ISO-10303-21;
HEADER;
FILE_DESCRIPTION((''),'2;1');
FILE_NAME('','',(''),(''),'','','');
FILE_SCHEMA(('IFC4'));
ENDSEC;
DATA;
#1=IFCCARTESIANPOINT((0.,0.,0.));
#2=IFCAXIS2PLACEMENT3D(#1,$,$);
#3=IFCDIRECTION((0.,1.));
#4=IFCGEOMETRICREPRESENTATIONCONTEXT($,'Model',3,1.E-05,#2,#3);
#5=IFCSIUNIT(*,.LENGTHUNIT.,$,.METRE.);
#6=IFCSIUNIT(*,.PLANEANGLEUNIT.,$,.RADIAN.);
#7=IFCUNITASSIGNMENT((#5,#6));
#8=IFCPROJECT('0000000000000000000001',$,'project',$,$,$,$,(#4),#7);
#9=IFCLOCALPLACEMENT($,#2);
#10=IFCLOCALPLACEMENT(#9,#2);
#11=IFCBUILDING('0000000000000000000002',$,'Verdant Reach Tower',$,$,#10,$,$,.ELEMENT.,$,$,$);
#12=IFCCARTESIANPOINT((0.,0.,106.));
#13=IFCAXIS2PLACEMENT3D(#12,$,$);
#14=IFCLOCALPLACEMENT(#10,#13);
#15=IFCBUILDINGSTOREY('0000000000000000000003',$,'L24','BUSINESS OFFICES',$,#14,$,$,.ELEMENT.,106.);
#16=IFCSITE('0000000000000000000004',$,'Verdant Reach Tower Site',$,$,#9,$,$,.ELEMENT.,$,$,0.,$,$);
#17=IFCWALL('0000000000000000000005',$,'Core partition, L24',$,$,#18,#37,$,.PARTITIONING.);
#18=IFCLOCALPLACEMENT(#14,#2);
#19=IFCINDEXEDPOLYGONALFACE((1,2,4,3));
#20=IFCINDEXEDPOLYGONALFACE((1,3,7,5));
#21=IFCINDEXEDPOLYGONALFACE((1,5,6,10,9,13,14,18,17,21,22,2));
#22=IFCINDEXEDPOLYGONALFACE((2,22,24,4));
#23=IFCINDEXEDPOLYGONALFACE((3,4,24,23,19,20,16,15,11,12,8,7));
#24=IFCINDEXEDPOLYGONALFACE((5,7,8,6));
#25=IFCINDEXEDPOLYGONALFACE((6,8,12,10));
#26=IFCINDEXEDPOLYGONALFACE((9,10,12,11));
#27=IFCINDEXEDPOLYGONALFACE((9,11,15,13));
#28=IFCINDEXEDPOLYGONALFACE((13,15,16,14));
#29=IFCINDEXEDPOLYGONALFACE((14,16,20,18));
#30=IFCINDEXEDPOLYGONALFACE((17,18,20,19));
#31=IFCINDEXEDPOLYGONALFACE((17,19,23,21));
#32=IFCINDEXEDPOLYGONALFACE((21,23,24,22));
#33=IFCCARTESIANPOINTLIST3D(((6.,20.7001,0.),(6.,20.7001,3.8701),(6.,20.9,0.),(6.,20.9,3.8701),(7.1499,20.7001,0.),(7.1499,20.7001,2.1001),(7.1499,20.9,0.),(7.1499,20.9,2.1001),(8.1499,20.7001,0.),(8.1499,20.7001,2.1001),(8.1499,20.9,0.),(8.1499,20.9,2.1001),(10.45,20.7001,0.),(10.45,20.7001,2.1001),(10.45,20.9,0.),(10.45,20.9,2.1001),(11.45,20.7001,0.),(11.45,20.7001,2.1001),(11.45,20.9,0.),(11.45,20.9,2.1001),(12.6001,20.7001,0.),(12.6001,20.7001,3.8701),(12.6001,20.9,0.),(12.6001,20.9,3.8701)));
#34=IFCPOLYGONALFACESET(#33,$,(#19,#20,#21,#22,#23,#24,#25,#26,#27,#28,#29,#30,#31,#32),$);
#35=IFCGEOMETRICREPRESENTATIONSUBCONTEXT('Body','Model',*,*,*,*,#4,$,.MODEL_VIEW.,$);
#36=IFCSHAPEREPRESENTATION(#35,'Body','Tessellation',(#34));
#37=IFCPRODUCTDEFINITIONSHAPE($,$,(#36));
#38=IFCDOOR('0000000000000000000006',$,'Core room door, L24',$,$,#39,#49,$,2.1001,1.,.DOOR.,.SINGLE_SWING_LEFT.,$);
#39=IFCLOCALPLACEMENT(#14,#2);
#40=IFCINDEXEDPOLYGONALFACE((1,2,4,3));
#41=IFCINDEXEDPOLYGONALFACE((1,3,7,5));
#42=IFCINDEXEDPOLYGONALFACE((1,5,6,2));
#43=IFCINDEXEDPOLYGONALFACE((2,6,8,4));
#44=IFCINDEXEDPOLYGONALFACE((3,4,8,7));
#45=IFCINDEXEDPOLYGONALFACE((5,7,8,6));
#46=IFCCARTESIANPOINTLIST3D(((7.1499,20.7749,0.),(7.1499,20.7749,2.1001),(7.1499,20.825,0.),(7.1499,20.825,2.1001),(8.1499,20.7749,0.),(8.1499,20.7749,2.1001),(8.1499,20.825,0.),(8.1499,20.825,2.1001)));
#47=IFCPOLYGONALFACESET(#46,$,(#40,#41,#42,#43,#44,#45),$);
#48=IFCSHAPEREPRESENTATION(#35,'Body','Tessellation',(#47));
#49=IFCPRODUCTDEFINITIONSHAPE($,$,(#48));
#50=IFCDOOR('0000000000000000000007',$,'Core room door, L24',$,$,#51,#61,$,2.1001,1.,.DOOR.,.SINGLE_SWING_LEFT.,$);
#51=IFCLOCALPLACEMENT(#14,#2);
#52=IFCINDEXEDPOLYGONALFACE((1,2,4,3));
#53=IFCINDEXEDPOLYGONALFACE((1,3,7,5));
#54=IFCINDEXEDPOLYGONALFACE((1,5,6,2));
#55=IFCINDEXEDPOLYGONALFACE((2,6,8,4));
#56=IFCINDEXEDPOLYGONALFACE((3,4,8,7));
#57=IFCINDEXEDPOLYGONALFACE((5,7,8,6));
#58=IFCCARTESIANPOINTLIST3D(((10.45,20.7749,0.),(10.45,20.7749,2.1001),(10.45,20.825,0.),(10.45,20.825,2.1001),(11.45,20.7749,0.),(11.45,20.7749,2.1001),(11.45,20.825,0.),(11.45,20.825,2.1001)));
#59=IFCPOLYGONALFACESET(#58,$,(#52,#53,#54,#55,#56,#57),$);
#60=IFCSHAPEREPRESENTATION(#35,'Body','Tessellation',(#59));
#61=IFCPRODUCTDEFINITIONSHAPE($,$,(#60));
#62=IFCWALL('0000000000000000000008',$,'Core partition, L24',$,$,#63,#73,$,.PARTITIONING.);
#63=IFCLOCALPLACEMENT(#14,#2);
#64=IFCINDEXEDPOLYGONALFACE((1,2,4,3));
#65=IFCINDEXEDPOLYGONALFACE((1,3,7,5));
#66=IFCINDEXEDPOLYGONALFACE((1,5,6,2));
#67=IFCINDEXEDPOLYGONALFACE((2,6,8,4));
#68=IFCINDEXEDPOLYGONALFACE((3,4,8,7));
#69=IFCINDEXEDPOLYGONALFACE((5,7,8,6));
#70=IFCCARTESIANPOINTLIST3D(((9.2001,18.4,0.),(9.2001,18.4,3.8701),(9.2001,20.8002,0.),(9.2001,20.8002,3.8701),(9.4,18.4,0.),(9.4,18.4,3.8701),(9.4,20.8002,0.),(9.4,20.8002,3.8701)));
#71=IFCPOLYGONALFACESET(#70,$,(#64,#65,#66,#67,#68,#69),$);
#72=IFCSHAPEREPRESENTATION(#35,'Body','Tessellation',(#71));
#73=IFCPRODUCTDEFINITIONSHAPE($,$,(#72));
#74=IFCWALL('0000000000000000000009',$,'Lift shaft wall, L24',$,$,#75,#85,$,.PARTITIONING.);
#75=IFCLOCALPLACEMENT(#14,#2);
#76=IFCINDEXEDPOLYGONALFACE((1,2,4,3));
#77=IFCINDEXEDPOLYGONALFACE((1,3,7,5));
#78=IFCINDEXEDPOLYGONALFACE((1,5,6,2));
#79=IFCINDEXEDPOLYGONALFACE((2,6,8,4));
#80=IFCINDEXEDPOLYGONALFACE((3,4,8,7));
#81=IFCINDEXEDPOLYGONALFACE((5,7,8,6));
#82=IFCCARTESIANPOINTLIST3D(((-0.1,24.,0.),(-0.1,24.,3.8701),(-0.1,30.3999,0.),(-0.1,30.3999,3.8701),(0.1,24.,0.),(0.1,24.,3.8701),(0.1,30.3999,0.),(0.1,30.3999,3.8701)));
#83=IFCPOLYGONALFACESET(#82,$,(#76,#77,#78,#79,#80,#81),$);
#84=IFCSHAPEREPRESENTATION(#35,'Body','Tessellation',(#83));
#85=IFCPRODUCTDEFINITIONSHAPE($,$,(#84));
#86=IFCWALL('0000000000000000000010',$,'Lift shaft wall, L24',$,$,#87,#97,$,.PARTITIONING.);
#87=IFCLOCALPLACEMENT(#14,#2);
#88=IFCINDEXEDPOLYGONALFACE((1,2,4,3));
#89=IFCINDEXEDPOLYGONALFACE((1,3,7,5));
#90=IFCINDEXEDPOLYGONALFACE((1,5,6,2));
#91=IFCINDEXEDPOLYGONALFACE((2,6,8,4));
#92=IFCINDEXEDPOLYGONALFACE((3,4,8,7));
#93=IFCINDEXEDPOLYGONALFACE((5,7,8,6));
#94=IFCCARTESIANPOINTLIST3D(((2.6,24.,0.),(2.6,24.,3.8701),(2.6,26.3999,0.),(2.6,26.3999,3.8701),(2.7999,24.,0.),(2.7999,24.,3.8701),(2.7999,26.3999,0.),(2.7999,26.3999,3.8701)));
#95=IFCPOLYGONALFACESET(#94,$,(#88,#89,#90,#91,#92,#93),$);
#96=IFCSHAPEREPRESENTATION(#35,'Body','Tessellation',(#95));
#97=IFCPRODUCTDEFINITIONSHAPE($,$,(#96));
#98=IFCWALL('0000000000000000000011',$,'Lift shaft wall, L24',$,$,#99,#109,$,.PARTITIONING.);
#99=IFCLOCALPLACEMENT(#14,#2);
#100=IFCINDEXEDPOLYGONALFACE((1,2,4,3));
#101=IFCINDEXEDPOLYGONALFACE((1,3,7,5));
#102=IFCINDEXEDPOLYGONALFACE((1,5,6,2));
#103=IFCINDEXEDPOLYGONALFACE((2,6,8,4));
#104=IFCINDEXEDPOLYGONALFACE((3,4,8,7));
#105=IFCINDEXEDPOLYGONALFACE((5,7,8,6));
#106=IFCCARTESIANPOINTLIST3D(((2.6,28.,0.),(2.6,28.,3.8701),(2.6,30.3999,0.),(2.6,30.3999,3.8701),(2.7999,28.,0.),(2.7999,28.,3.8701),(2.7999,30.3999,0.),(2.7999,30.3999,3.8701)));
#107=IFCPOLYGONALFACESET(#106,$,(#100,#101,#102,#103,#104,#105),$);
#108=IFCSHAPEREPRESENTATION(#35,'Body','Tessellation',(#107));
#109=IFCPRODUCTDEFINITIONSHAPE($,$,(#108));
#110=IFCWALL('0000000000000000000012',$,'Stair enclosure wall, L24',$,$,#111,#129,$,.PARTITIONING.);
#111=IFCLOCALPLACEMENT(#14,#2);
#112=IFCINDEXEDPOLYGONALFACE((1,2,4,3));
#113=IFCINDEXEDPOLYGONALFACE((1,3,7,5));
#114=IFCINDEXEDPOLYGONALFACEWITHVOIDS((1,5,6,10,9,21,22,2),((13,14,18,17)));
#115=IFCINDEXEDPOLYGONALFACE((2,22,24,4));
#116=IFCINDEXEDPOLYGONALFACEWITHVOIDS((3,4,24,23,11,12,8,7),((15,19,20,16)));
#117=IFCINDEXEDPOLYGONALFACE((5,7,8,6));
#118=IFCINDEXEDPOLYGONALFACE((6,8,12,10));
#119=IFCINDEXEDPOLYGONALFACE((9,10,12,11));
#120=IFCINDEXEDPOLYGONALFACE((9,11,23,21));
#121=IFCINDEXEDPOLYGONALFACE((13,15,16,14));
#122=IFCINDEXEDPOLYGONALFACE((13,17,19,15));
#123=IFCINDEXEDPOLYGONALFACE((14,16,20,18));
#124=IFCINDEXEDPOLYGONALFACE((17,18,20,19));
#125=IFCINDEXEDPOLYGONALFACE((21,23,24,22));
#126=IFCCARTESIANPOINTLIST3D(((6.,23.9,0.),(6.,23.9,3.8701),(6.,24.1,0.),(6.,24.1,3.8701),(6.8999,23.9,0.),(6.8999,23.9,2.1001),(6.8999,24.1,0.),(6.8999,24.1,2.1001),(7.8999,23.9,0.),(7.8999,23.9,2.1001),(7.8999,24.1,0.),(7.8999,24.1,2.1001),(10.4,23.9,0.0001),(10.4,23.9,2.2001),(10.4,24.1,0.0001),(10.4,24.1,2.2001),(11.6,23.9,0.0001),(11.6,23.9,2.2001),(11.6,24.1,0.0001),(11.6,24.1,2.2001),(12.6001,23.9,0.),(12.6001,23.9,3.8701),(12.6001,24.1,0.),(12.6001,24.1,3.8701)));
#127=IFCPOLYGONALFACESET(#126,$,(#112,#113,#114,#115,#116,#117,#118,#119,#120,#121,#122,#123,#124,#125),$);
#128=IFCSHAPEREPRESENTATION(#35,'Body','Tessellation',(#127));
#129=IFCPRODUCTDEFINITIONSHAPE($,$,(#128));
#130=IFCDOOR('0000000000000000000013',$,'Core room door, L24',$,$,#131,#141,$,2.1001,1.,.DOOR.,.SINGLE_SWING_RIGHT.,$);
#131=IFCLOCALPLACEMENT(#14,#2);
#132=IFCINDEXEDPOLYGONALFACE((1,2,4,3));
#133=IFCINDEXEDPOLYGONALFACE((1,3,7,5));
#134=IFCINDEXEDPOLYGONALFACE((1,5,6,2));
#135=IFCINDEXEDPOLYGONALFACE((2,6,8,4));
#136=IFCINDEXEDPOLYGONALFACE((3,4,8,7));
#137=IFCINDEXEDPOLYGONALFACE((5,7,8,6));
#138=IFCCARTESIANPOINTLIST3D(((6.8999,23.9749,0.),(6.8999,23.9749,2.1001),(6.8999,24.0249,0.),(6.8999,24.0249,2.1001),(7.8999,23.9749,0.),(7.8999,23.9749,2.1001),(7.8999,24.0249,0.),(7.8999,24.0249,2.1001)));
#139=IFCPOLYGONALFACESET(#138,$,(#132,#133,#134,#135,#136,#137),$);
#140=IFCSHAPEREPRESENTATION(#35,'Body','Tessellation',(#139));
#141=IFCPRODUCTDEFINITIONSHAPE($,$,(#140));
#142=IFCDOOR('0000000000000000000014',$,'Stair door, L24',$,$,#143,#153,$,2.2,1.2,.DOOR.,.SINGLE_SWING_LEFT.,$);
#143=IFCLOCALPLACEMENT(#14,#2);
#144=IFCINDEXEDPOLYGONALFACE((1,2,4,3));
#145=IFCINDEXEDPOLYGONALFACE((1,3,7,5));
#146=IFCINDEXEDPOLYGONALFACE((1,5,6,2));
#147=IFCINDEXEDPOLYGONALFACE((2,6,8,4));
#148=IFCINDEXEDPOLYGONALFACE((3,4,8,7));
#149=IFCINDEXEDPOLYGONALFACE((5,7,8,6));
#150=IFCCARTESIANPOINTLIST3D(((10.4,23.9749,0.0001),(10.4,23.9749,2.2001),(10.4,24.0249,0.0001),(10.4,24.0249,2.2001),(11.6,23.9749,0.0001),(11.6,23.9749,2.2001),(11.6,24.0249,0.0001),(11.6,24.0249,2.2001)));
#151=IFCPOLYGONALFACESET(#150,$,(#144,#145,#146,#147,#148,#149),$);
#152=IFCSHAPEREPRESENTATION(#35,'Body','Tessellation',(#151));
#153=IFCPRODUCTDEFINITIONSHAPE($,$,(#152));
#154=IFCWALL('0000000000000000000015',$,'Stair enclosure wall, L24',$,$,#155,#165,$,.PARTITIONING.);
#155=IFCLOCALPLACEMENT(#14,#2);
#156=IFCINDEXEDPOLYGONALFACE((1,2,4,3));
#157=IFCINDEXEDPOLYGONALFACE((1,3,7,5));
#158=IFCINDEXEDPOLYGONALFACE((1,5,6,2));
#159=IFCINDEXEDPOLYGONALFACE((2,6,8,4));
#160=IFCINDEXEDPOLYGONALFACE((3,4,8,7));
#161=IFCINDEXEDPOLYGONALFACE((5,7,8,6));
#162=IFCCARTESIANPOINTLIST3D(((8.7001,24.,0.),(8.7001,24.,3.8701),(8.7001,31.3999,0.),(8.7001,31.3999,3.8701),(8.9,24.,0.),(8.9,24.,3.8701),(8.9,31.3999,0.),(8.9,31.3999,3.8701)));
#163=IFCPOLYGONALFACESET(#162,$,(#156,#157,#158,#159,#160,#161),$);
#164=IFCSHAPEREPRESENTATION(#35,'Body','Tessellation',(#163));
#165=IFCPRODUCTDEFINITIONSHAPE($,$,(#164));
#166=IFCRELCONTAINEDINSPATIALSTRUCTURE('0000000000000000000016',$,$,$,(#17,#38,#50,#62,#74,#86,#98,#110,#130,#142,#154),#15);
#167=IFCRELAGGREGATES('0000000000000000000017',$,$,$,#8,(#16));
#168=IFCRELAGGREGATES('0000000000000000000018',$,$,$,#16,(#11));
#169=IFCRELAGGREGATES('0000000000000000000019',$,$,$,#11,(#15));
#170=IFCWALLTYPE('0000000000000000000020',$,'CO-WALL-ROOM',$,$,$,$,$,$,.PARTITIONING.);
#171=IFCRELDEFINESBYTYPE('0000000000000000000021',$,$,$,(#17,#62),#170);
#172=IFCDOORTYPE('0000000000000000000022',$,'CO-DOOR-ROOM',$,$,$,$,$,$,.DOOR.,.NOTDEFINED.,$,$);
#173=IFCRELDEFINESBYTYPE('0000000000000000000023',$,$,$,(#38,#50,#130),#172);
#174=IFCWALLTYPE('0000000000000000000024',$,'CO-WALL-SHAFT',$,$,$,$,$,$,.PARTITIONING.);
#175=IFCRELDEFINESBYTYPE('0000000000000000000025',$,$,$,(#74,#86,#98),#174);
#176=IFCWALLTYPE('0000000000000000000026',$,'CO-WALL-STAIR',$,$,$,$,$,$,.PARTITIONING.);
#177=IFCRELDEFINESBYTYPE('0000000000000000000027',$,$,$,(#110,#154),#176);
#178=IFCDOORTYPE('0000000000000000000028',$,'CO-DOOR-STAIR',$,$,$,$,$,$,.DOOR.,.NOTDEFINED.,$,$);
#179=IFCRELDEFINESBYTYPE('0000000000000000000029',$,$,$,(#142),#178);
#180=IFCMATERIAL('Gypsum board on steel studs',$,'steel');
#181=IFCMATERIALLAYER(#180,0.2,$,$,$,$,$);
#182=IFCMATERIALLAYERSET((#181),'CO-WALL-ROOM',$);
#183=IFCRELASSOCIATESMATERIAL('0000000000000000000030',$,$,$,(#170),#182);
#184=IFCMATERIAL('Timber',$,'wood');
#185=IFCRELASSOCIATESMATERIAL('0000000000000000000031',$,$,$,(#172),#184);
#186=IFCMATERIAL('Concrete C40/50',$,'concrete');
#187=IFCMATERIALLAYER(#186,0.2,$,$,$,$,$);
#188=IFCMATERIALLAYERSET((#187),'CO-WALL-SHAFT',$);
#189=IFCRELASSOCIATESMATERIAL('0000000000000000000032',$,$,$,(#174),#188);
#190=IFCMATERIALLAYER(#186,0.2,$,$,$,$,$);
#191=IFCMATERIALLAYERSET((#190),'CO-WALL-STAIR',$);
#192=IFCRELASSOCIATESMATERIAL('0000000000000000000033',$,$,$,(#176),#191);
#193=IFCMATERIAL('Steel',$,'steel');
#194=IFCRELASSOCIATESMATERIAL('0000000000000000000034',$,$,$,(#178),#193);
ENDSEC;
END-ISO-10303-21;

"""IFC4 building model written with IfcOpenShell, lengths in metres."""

from ifc_helpers import new_model, si_unit, direction, frame, frame_2d, origin, place, context, subcontext, project, spatial, rectangle, extrude, material, layer, layer_set, type_object, element, fill, save


model = new_model("IFC4")

# Units and contexts
model_context = context("Model", 3, precision=1e-05, world=origin(), true_north=direction((0.0, 1.0)))
body_context = subcontext(model_context, "Body", "Model", "MODEL_VIEW")
ifc_project = project(units=[si_unit("LENGTHUNIT", "METRE"), si_unit("PLANEANGLEUNIT", "RADIAN")], contexts=[model_context])

# Site, building, storey
site_placement = place(None, origin())
site = spatial("IfcSite", under=ifc_project, at=site_placement, Name="Verdant Reach Tower Site", CompositionType="ELEMENT", RefElevation=0.0)
building_placement = place(site_placement, origin())
building = spatial("IfcBuilding", under=site, at=building_placement, Name="Verdant Reach Tower", CompositionType="ELEMENT")
storey_placement = place(building_placement, frame((0.0, 0.0, 106.0)))
storey = spatial("IfcBuildingStorey", under=building, at=storey_placement, Name="L24", Description="BUSINESS OFFICES", CompositionType="ELEMENT", Elevation=106.0)

# Wall, openings, doors
ifc_material_1 = material(Name="Gypsum board on steel studs", Category="steel")
ifc_layer_1 = layer(ifc_material_1, 0.2)
ifc_layer_set_1 = layer_set([ifc_layer_1], Name="CO-WALL-ROOM")
wall_type_1 = type_object("IfcWallType", Name="CO-WALL-ROOM", PredefinedType="PARTITIONING", material=ifc_layer_set_1)
wall_1_placement = place(storey_placement, frame((6.0, 20.8, 0.0), z_axis=(0.0, 0.0, 1.0), x_axis=(1.0, 0.0, 0.0)))
wall_1 = element("IfcWall", 1, at=wall_1_placement, inside=storey, type_object=wall_type_1, Name="Core partition, L24", PredefinedType="PARTITIONING", context=body_context, shape_type="SweptSolid", body=[
    extrude(rectangle(XDim=6.6001, YDim=0.2, at=frame_2d((3.3, 0.0))), origin(), (0.0, 0.0, 1.0), 3.8701),
])
opening_1_placement = place(wall_1_placement, frame((1.1499, 0.0, 0.0)))
opening_1 = element("IfcOpeningElement", 2, at=opening_1_placement, cuts=wall_1, PredefinedType="OPENING", context=body_context, shape_type="SweptSolid", body=[
    extrude(rectangle(XDim=1.0, YDim=2.1001, at=frame_2d((0.5, 1.05))), frame((0.0, 0.1099, 0.0), z_axis=(0.0, -1.0, 0.0), x_axis=(1.0, 0.0, 0.0)), (0.0, 0.0, 1.0), 0.22),
])
opening_2_placement = place(wall_1_placement, frame((4.45, 0.0, 0.0)))
opening_2 = element("IfcOpeningElement", 3, at=opening_2_placement, cuts=wall_1, PredefinedType="OPENING", context=body_context, shape_type="SweptSolid", body=[
    extrude(rectangle(XDim=1.0, YDim=2.1001, at=frame_2d((0.5, 1.05))), frame((0.0, 0.1099, 0.0), z_axis=(0.0, -1.0, 0.0), x_axis=(1.0, 0.0, 0.0)), (0.0, 0.0, 1.0), 0.22),
])
ifc_material_2 = material(Name="Timber", Category="wood")
door_type_1 = type_object("IfcDoorType", Name="CO-DOOR-ROOM", OperationType="NOTDEFINED", PredefinedType="DOOR", material=ifc_material_2)
door_1_placement = place(opening_1_placement, origin())
door_1 = element("IfcDoor", 4, at=door_1_placement, inside=storey, type_object=door_type_1, Name="Core room door, L24", OperationType="SINGLE_SWING_LEFT", OverallHeight=2.1001, OverallWidth=1.0, PredefinedType="DOOR", context=body_context, shape_type="SweptSolid", body=[
    extrude(rectangle(XDim=1.0, YDim=2.1001, at=frame_2d((0.5, 1.05))), frame((0.0, 0.0249, 0.0), z_axis=(0.0, -1.0, 0.0), x_axis=(1.0, 0.0, 0.0)), (0.0, 0.0, 1.0), 0.05),
])
fill(opening_1, door_1)
door_2_placement = place(opening_2_placement, origin())
door_2 = element("IfcDoor", 5, at=door_2_placement, inside=storey, type_object=door_type_1, Name="Core room door, L24", OperationType="SINGLE_SWING_LEFT", OverallHeight=2.1001, OverallWidth=1.0, PredefinedType="DOOR", context=body_context, shape_type="SweptSolid", body=[
    extrude(rectangle(XDim=1.0, YDim=2.1001, at=frame_2d((0.5, 1.05))), frame((0.0, 0.0249, 0.0), z_axis=(0.0, -1.0, 0.0), x_axis=(1.0, 0.0, 0.0)), (0.0, 0.0, 1.0), 0.05),
])
fill(opening_2, door_2)

# Walls
wall_2_placement = place(storey_placement, frame((9.3, 18.3999, 0.0), z_axis=(0.0, 0.0, 1.0), x_axis=(0.0, 1.0, 0.0)))
element("IfcWall", 6, at=wall_2_placement, inside=storey, type_object=wall_type_1, Name="Core partition, L24", PredefinedType="PARTITIONING", context=body_context, shape_type="SweptSolid", body=[
    extrude(rectangle(XDim=2.4001, YDim=0.2, at=frame_2d((1.2002, 0.0))), origin(), (0.0, 0.0, 1.0), 3.8701),
])
ifc_material_3 = material(Name="Concrete C40/50", Category="concrete")
ifc_layer_2 = layer(ifc_material_3, 0.2)
ifc_layer_set_2 = layer_set([ifc_layer_2], Name="CO-WALL-SHAFT")
wall_type_2 = type_object("IfcWallType", Name="CO-WALL-SHAFT", PredefinedType="PARTITIONING", material=ifc_layer_set_2)
wall_3_placement = place(storey_placement, frame((0.0, 24.0, 0.0), z_axis=(0.0, 0.0, 1.0), x_axis=(0.0, 1.0, 0.0)))
element("IfcWall", 7, at=wall_3_placement, inside=storey, type_object=wall_type_2, Name="Lift shaft wall, L24", PredefinedType="PARTITIONING", context=body_context, shape_type="SweptSolid", body=[
    extrude(rectangle(XDim=6.3999, YDim=0.2, at=frame_2d((3.2, 0.0))), origin(), (0.0, 0.0, 1.0), 3.8701),
])
for number, where, z_axis, x_axis, name in (
    (8, (2.7, 24.0, 0.0), (0.0, 0.0, 1.0), (0.0, 1.0, 0.0), "Lift shaft wall, L24"),
    (9, (2.7, 28.0, 0.0), (0.0, 0.0, 1.0), (0.0, 1.0, 0.0), "Lift shaft wall, L24"),
):
    element("IfcWall", number, at=place(storey_placement, frame(where, z_axis=z_axis, x_axis=x_axis)), inside=storey, type_object=wall_type_2, Name=name, PredefinedType="PARTITIONING", context=body_context, shape_type="SweptSolid", body=[
        extrude(rectangle(XDim=2.3999, YDim=0.2, at=frame_2d((1.2, 0.0))), origin(), (0.0, 0.0, 1.0), 3.8701),
    ])

# Wall, openings, doors
ifc_layer_3 = layer(ifc_material_3, 0.2)
ifc_layer_set_3 = layer_set([ifc_layer_3], Name="CO-WALL-STAIR")
wall_type_3 = type_object("IfcWallType", Name="CO-WALL-STAIR", PredefinedType="PARTITIONING", material=ifc_layer_set_3)
wall_4_placement = place(storey_placement, frame((6.0, 24.0, 0.0), z_axis=(0.0, 0.0, 1.0), x_axis=(1.0, 0.0, 0.0)))
wall_4 = element("IfcWall", 10, at=wall_4_placement, inside=storey, type_object=wall_type_3, Name="Stair enclosure wall, L24", PredefinedType="PARTITIONING", context=body_context, shape_type="SweptSolid", body=[
    extrude(rectangle(XDim=6.6001, YDim=0.2, at=frame_2d((3.3, 0.0))), origin(), (0.0, 0.0, 1.0), 3.8701),
])
opening_3_placement = place(wall_4_placement, frame((0.8999, 0.0, 0.0)))
opening_3 = element("IfcOpeningElement", 11, at=opening_3_placement, cuts=wall_4, PredefinedType="OPENING", context=body_context, shape_type="SweptSolid", body=[
    extrude(rectangle(XDim=1.0, YDim=2.1001, at=frame_2d((0.5, 1.05))), frame((0.0, 0.1099, 0.0), z_axis=(0.0, -1.0, 0.0), x_axis=(1.0, 0.0, 0.0)), (0.0, 0.0, 1.0), 0.22),
])
opening_4_placement = place(wall_4_placement, frame((4.3999, 0.0, 0.0)))
opening_4 = element("IfcOpeningElement", 12, at=opening_4_placement, cuts=wall_4, PredefinedType="OPENING", context=body_context, shape_type="SweptSolid", body=[
    extrude(rectangle(XDim=1.2, YDim=2.2, at=frame_2d((0.6001, 1.1001))), frame((0.0, 0.1099, 0.0), z_axis=(0.0, -1.0, 0.0), x_axis=(1.0, 0.0, 0.0)), (0.0, 0.0, 1.0), 0.22),
])
door_3_placement = place(opening_3_placement, origin())
door_3 = element("IfcDoor", 13, at=door_3_placement, inside=storey, type_object=door_type_1, Name="Core room door, L24", OperationType="SINGLE_SWING_RIGHT", OverallHeight=2.1001, OverallWidth=1.0, PredefinedType="DOOR", context=body_context, shape_type="SweptSolid", body=[
    extrude(rectangle(XDim=1.0, YDim=2.1001, at=frame_2d((0.5, 1.05))), frame((0.0, 0.0249, 0.0), z_axis=(0.0, -1.0, 0.0), x_axis=(1.0, 0.0, 0.0)), (0.0, 0.0, 1.0), 0.05),
])
fill(opening_3, door_3)
ifc_material_4 = material(Name="Steel", Category="steel")
door_type_2 = type_object("IfcDoorType", Name="CO-DOOR-STAIR", OperationType="NOTDEFINED", PredefinedType="DOOR", material=ifc_material_4)
door_4_placement = place(opening_4_placement, origin())
door_4 = element("IfcDoor", 14, at=door_4_placement, inside=storey, type_object=door_type_2, Name="Stair door, L24", OperationType="SINGLE_SWING_LEFT", OverallHeight=2.2, OverallWidth=1.2, PredefinedType="DOOR", context=body_context, shape_type="SweptSolid", body=[
    extrude(rectangle(XDim=1.2, YDim=2.2, at=frame_2d((0.6001, 1.1001))), frame((0.0, 0.0249, 0.0), z_axis=(0.0, -1.0, 0.0), x_axis=(1.0, 0.0, 0.0)), (0.0, 0.0, 1.0), 0.05),
])
fill(opening_4, door_4)

# Wall
wall_5_placement = place(storey_placement, frame((8.8, 24.0, 0.0), z_axis=(0.0, 0.0, 1.0), x_axis=(0.0, 1.0, 0.0)))
element("IfcWall", 15, at=wall_5_placement, inside=storey, type_object=wall_type_3, Name="Stair enclosure wall, L24", PredefinedType="PARTITIONING", context=body_context, shape_type="SweptSolid", body=[
    extrude(rectangle(XDim=7.3999, YDim=0.2, at=frame_2d((3.7, 0.0))), origin(), (0.0, 0.0, 1.0), 3.8701),
])

save(model, "model.ifc")
